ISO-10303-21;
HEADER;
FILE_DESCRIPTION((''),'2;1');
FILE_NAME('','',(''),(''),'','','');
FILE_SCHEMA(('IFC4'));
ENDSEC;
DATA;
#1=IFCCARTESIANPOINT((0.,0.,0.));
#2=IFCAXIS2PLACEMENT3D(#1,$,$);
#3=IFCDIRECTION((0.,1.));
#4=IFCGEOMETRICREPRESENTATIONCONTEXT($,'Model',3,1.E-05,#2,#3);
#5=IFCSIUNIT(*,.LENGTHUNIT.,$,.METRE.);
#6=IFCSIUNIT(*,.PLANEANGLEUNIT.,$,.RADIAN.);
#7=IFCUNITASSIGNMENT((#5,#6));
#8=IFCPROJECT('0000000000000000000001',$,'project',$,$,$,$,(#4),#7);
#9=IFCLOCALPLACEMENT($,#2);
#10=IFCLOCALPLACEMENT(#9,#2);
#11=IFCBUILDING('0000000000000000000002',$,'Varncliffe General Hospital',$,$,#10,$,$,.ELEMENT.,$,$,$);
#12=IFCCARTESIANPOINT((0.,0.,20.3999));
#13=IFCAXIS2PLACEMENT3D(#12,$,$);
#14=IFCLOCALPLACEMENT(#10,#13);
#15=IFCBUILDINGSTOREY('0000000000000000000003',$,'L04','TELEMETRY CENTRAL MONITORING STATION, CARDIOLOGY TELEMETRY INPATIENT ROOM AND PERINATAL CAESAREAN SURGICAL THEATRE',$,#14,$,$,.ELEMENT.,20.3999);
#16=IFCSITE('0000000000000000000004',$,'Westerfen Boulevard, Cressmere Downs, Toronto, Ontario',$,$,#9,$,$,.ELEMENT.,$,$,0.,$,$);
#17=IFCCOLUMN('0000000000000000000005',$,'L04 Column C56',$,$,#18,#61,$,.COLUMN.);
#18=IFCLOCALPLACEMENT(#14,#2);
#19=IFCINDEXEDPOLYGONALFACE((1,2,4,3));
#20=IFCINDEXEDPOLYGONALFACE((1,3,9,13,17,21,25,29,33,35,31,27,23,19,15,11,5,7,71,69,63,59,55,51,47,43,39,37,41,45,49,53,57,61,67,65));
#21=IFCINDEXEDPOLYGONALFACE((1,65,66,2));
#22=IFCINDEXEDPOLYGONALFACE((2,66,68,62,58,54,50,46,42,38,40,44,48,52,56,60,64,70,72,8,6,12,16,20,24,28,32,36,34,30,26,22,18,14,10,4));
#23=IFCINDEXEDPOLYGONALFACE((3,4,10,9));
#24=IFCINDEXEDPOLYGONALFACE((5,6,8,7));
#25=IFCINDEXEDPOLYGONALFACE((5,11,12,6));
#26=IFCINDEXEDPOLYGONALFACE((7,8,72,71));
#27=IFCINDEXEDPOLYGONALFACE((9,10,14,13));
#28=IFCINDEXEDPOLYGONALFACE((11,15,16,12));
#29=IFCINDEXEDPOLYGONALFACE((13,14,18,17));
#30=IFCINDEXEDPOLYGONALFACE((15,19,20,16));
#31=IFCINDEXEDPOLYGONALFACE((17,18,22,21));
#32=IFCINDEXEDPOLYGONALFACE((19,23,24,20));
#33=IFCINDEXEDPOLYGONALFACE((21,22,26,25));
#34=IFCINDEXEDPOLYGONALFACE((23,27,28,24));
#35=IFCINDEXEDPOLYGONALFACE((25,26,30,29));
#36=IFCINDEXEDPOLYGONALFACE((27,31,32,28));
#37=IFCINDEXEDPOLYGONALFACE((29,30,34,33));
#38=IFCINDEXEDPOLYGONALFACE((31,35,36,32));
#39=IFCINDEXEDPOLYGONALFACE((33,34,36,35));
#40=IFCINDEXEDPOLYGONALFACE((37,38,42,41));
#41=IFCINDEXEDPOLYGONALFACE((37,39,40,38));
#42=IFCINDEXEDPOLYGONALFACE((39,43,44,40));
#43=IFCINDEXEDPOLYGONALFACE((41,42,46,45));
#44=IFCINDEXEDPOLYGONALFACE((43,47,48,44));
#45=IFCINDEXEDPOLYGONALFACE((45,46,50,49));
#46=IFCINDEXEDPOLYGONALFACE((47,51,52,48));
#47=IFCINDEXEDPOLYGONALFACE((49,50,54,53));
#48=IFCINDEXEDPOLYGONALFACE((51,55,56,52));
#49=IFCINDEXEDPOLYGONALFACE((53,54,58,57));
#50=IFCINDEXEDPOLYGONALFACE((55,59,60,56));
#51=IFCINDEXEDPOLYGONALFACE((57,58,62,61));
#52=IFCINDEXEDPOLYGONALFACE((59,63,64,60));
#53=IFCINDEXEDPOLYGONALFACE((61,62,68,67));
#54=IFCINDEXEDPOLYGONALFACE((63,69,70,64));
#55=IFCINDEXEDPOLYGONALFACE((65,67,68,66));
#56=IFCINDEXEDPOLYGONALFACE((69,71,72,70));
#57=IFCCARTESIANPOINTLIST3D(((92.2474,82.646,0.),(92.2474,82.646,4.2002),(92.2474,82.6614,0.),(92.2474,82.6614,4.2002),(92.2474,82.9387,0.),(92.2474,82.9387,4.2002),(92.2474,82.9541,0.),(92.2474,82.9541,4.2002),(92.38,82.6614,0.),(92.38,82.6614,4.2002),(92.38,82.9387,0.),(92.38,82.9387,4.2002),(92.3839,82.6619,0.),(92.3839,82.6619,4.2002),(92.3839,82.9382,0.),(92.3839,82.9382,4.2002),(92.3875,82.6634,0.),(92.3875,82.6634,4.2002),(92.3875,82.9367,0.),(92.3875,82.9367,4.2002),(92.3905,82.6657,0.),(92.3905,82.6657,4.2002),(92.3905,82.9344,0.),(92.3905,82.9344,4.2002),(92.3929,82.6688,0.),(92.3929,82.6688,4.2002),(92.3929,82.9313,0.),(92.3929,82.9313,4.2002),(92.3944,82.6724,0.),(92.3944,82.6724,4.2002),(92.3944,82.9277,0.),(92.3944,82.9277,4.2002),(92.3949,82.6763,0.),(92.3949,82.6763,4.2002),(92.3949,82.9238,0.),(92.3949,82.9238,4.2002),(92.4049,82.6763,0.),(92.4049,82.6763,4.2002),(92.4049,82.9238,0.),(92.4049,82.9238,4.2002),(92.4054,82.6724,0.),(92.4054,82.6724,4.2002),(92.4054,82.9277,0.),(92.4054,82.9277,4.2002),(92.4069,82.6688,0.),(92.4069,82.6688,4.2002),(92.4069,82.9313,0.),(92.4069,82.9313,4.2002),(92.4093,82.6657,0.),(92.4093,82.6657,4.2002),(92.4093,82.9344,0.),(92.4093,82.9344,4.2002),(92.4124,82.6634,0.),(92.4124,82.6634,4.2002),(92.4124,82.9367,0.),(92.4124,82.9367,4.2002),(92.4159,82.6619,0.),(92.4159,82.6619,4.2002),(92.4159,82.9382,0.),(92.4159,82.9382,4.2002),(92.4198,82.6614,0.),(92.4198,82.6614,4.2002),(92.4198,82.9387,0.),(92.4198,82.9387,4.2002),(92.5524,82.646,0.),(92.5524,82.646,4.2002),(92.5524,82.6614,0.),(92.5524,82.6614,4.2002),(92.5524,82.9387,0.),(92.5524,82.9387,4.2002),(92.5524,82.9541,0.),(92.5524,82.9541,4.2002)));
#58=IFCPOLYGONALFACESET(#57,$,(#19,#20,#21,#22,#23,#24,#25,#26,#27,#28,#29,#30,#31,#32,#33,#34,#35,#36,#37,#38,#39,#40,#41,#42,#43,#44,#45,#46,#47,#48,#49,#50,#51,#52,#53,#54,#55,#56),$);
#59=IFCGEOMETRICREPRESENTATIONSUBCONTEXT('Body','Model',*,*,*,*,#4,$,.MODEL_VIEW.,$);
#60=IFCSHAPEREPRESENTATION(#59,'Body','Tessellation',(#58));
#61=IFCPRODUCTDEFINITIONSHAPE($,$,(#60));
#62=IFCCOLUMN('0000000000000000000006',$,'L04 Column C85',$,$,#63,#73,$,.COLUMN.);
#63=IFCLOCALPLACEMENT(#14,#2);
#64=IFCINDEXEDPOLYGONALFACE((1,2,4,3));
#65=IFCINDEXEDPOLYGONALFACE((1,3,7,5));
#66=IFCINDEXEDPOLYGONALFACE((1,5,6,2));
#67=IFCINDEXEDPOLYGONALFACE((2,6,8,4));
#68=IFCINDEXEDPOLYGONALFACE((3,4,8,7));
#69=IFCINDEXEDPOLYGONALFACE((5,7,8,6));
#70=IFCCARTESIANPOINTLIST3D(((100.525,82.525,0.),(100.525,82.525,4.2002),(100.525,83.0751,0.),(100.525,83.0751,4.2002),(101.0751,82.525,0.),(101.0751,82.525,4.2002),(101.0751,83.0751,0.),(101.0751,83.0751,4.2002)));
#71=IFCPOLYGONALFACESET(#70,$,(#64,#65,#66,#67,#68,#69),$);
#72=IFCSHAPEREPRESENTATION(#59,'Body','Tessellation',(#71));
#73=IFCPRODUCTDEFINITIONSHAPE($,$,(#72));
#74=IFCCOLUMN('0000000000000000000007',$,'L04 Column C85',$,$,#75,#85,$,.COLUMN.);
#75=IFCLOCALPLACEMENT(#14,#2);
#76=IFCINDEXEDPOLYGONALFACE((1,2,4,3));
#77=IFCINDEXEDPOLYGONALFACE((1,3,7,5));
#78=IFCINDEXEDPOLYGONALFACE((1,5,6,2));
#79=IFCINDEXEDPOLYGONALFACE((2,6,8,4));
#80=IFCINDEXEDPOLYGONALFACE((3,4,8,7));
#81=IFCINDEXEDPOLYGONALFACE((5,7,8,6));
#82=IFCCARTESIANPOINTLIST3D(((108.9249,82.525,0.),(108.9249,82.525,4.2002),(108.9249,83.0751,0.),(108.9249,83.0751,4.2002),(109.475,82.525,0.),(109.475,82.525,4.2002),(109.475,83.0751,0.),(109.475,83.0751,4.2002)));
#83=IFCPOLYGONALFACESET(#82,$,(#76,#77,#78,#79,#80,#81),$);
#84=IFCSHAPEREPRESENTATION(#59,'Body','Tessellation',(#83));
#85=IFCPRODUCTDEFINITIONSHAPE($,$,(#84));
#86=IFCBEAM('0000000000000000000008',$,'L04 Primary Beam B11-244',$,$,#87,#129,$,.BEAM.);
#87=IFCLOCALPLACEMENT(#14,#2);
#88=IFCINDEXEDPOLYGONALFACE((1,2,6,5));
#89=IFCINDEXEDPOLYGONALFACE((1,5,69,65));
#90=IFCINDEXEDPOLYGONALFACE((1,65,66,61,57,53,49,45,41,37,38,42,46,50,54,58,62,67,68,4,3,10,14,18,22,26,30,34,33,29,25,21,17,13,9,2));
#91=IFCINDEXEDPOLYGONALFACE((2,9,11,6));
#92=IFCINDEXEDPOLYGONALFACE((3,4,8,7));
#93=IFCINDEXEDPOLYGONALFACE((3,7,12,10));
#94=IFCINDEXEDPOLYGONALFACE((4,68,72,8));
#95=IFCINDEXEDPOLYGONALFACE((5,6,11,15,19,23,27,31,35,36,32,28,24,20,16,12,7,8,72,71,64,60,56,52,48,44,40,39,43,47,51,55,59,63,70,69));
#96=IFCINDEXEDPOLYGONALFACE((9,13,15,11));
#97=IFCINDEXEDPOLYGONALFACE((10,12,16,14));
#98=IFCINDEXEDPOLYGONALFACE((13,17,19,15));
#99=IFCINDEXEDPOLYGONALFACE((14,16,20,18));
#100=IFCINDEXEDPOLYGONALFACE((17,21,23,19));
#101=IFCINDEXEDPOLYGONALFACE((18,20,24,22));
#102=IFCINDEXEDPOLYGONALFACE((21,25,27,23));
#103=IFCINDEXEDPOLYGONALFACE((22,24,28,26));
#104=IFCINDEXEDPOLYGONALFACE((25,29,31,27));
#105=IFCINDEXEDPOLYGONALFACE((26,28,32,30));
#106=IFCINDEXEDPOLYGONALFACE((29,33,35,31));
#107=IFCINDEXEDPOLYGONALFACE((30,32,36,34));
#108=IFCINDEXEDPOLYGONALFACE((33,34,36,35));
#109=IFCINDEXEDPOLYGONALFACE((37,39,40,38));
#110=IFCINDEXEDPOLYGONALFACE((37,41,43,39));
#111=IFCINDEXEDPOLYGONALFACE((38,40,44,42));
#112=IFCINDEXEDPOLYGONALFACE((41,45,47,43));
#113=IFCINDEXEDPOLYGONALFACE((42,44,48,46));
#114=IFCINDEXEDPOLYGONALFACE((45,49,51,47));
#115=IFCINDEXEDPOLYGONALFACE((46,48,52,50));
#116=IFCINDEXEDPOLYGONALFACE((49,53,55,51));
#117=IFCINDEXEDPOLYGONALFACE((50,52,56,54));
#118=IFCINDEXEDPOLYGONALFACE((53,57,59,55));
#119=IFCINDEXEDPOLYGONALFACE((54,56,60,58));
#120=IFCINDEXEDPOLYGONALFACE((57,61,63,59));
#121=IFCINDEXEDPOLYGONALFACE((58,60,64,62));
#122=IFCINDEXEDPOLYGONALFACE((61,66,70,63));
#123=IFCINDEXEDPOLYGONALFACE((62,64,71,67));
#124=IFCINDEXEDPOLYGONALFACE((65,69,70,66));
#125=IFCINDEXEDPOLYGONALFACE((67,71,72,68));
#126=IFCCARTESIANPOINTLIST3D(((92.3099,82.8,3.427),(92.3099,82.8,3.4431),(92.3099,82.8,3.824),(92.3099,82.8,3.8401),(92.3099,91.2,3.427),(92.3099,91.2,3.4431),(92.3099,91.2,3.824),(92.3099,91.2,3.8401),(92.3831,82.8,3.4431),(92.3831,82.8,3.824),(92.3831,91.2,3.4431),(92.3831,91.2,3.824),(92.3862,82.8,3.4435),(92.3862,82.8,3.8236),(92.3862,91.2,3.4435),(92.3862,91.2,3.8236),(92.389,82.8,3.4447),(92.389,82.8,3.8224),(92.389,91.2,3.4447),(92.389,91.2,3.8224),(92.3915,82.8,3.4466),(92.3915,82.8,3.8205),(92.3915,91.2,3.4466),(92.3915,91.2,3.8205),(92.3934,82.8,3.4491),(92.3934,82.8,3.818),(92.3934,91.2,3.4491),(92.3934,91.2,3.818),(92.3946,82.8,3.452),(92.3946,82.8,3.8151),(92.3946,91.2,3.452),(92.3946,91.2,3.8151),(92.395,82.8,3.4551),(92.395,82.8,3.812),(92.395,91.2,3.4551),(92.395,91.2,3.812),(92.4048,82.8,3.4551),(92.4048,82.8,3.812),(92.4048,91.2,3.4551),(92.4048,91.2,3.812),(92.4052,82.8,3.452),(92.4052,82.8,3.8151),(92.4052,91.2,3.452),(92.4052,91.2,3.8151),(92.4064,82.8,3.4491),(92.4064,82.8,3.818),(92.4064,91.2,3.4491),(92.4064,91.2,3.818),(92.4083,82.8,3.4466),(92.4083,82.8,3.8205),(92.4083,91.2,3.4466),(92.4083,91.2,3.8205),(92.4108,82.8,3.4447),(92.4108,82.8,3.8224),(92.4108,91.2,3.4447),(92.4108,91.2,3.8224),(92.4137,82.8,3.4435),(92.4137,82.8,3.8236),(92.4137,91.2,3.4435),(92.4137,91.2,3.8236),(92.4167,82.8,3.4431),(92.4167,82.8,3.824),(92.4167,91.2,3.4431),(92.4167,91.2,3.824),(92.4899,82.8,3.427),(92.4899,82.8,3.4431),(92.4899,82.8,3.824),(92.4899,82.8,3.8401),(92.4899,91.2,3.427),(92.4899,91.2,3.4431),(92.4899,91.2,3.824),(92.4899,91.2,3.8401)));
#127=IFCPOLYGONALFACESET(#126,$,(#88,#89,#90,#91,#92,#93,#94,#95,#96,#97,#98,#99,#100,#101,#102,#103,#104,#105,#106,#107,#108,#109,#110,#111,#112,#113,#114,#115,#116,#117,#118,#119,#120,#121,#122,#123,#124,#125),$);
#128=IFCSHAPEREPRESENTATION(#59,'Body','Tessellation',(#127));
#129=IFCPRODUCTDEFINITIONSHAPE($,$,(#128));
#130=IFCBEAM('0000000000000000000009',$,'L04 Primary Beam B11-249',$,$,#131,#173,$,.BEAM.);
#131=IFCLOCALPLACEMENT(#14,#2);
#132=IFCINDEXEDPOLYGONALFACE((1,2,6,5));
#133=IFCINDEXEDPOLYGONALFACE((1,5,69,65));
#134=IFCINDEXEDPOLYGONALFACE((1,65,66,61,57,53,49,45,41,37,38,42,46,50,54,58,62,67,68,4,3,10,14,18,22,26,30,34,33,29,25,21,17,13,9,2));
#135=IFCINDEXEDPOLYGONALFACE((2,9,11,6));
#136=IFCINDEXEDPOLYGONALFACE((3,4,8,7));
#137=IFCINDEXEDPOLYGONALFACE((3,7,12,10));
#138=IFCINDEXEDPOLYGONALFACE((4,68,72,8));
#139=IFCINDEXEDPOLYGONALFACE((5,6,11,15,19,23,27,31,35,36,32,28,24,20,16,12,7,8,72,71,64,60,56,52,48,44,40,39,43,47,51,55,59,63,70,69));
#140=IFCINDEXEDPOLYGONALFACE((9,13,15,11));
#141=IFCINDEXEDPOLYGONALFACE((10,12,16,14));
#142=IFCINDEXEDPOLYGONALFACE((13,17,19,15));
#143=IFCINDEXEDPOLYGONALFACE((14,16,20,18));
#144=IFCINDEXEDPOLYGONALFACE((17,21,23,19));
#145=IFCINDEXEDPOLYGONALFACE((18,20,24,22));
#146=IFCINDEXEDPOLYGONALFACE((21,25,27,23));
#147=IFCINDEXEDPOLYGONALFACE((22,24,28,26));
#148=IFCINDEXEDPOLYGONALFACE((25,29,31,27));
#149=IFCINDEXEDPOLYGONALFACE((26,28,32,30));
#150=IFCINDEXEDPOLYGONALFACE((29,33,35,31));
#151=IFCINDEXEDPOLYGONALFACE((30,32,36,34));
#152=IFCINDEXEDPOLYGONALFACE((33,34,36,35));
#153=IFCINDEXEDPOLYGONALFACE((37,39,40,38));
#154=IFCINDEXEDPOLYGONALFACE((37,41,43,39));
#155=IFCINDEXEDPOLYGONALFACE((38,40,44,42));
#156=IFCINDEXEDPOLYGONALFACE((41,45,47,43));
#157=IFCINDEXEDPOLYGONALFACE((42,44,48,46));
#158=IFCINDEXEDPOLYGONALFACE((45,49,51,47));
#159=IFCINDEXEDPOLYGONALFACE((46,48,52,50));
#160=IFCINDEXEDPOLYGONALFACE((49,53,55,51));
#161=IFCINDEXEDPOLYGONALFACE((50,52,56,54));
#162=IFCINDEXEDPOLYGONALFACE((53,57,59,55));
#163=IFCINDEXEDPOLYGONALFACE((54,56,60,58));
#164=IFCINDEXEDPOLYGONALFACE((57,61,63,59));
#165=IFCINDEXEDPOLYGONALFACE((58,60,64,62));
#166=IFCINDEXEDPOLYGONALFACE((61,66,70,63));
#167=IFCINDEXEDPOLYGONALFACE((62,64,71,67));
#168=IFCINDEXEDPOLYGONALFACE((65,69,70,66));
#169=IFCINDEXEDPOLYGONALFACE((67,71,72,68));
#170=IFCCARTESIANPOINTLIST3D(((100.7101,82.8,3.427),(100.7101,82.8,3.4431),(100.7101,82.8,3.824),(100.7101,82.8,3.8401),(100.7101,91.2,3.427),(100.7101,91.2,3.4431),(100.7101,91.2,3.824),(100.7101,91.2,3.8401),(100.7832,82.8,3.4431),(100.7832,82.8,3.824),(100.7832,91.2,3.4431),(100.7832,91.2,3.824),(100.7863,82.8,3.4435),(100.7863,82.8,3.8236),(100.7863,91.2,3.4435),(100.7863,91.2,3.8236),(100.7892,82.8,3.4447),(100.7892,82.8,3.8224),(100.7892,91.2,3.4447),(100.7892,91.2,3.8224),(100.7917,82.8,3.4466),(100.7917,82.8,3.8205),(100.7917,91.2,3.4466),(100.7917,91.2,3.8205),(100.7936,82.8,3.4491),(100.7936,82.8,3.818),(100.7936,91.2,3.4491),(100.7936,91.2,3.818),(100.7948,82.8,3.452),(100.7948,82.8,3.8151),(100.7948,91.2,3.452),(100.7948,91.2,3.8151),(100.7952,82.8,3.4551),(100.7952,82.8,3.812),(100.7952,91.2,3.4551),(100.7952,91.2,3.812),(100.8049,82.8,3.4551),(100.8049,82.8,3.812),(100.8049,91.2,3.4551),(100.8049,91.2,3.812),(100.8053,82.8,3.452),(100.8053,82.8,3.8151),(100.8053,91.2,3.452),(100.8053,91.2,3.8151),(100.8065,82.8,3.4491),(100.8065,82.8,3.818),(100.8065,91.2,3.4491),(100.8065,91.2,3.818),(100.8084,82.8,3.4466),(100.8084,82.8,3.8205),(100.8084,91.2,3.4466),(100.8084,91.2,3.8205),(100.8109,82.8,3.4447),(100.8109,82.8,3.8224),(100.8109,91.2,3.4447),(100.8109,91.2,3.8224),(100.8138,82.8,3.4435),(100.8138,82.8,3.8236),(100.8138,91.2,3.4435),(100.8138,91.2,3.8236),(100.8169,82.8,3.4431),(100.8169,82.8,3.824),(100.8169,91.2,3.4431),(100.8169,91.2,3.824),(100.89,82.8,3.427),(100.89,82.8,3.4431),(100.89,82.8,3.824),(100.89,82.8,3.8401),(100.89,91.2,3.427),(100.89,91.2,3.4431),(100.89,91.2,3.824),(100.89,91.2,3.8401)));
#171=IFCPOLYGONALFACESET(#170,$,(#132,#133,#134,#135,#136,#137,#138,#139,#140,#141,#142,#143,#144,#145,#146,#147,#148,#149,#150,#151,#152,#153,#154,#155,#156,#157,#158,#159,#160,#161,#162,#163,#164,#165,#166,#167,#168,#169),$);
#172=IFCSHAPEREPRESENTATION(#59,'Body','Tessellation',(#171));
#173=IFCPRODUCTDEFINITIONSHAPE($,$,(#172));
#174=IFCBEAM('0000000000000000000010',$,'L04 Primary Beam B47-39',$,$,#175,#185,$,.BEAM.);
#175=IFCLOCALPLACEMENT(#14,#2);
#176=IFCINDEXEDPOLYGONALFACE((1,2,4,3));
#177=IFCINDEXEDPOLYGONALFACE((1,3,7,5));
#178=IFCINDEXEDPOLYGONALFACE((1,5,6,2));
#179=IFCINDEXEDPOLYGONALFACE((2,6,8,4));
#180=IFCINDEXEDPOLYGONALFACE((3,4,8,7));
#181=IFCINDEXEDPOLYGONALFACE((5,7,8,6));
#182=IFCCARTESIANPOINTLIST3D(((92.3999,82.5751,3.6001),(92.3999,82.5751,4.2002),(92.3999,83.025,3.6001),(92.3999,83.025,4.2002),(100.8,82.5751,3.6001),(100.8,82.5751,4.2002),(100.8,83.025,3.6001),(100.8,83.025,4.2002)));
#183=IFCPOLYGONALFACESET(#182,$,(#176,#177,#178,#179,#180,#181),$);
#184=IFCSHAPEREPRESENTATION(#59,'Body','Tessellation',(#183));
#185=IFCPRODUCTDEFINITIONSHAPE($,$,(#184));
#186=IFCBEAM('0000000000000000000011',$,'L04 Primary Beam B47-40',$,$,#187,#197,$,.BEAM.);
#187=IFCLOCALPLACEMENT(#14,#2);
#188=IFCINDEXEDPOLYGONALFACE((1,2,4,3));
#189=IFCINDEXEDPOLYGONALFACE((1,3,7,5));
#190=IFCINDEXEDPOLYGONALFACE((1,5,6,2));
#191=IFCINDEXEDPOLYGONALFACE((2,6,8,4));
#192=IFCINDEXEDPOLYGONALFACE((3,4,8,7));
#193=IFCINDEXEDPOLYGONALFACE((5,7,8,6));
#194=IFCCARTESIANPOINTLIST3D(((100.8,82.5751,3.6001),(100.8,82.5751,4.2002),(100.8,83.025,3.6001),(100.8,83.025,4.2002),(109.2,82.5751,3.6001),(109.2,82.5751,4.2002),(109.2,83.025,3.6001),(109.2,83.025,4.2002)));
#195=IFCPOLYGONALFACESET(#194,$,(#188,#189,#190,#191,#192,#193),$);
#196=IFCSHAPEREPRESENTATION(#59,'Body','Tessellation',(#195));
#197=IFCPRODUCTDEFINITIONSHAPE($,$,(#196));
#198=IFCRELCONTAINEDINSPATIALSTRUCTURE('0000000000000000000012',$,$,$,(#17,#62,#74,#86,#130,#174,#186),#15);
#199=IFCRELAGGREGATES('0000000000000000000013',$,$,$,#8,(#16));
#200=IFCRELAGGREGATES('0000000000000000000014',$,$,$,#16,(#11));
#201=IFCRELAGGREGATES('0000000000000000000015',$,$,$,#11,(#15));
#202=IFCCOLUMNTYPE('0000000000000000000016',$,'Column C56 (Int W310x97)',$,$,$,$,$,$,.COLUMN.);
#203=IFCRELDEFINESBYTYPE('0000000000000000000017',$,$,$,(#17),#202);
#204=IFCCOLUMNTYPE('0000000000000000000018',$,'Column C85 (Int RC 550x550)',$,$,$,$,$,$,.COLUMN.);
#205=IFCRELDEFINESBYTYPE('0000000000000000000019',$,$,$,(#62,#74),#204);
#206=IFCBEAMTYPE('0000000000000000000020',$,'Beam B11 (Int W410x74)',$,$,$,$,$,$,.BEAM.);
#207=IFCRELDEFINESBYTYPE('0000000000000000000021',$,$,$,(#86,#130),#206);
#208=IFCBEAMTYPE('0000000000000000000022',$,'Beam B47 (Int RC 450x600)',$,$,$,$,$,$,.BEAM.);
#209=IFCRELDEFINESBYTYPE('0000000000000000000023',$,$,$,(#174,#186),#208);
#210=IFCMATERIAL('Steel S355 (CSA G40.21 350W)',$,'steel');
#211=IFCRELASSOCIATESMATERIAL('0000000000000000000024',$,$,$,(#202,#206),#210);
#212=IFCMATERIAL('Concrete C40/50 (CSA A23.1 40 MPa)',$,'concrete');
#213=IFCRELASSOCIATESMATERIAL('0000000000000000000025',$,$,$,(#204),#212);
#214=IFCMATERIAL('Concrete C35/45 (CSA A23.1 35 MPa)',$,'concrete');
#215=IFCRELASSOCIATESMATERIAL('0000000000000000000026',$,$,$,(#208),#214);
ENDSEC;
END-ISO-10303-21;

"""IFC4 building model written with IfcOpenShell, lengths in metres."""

from ifc_helpers import new_model, si_unit, direction, frame, origin, origin_2d, place, context, subcontext, project, spatial, rectangle, i_section, extrude, material, material_profile, profile_set, type_object, element, save


model = new_model("IFC4")

# Units and contexts
model_context = context("Model", 3, precision=1e-05, world=origin(), true_north=direction((0.0, 1.0)))
body_context = subcontext(model_context, "Body", "Model", "MODEL_VIEW")
ifc_project = project(units=[si_unit("LENGTHUNIT", "METRE"), si_unit("PLANEANGLEUNIT", "RADIAN")], contexts=[model_context])

# Site, building, storey
site_placement = place(None, origin())
site = spatial("IfcSite", under=ifc_project, at=site_placement, Name="Westerfen Boulevard, Cressmere Downs, Toronto, Ontario", CompositionType="ELEMENT", RefElevation=0.0)
building_placement = place(site_placement, origin())
building = spatial("IfcBuilding", under=site, at=building_placement, Name="Varncliffe General Hospital", CompositionType="ELEMENT")
storey_placement = place(building_placement, frame((0.0, 0.0, 20.3999)))
storey = spatial("IfcBuildingStorey", under=building, at=storey_placement, Name="L04", Description="TELEMETRY CENTRAL MONITORING STATION, CARDIOLOGY TELEMETRY INPATIENT ROOM AND PERINATAL CAESAREAN SURGICAL THEATRE", CompositionType="ELEMENT", Elevation=20.3999)

# Columns
ifc_material_1 = material(Name="Steel S355 (CSA G40.21 350W)", Category="steel")
ifc_material_profile_1 = material_profile(ifc_material_1, i_section(OverallWidth=0.3049, OverallDepth=0.3081, WebThickness=0.01, FlangeThickness=0.0154, FilletRadius=0.0149, at=origin_2d()), Name="W310x97")
ifc_profile_set_1 = profile_set([ifc_material_profile_1], Name="Steel S355 (CSA G40.21 350W)")
column_type_1 = type_object("IfcColumnType", Name="Column C56 (Int W310x97)", PredefinedType="COLUMN", material=ifc_profile_set_1)
column_placement = place(storey_placement, frame((92.3999, 82.8, 0.0), z_axis=(0.0, 0.0, 1.0), x_axis=(1.0, 0.0, 0.0)))
element("IfcColumn", 1, at=column_placement, inside=storey, type_object=column_type_1, Name="L04 Column C56", PredefinedType="COLUMN", context=body_context, shape_type="SweptSolid", body=[
    extrude(i_section(OverallWidth=0.3049, OverallDepth=0.3081, WebThickness=0.01, FlangeThickness=0.0154, FilletRadius=0.0149, at=origin_2d()), origin(), (0.0, 0.0, 1.0), 4.2002),
])
ifc_material_2 = material(Name="Concrete C40/50 (CSA A23.1 40 MPa)", Category="concrete")
ifc_material_profile_2 = material_profile(ifc_material_2, rectangle(XDim=0.55, YDim=0.55, at=origin_2d()), Name="RC 550x550")
ifc_profile_set_2 = profile_set([ifc_material_profile_2], Name="Concrete C40/50 (CSA A23.1 40 MPa)")
column_type_2 = type_object("IfcColumnType", Name="Column C85 (Int RC 550x550)", PredefinedType="COLUMN", material=ifc_profile_set_2)
for number, where, z_axis, x_axis, name in (
    (2, (100.8, 82.8, 0.0), (0.0, 0.0, 1.0), (1.0, 0.0, 0.0), "L04 Column C85"),
    (3, (109.2, 82.8, 0.0), (0.0, 0.0, 1.0), (1.0, 0.0, 0.0), "L04 Column C85"),
):
    element("IfcColumn", number, at=place(storey_placement, frame(where, z_axis=z_axis, x_axis=x_axis)), inside=storey, type_object=column_type_2, Name=name, PredefinedType="COLUMN", context=body_context, shape_type="SweptSolid", body=[
        extrude(rectangle(XDim=0.55, YDim=0.55, at=origin_2d()), origin(), (0.0, 0.0, 1.0), 4.2002),
    ])

# Beams
ifc_material_profile_3 = material_profile(ifc_material_1, i_section(OverallWidth=0.1799, OverallDepth=0.4131, WebThickness=0.0098, FlangeThickness=0.0161, FilletRadius=0.012, at=origin_2d()), Name="W410x74")
ifc_profile_set_3 = profile_set([ifc_material_profile_3], Name="Steel S355 (CSA G40.21 350W)")
beam_type_1 = type_object("IfcBeamType", Name="Beam B11 (Int W410x74)", PredefinedType="BEAM", material=ifc_profile_set_3)
for number, where, z_axis, x_axis, name in (
    (4, (92.3999, 82.8, 3.6335), (0.0, 1.0, 0.0), (-1.0, 0.0, 0.0), "L04 Primary Beam B11-244"),
    (5, (100.8, 82.8, 3.6335), (0.0, 1.0, 0.0), (-1.0, 0.0, 0.0), "L04 Primary Beam B11-249"),
):
    element("IfcBeam", number, at=place(storey_placement, frame(where, z_axis=z_axis, x_axis=x_axis)), inside=storey, type_object=beam_type_1, Name=name, PredefinedType="BEAM", context=body_context, shape_type="SweptSolid", body=[
        extrude(i_section(OverallWidth=0.1799, OverallDepth=0.4131, WebThickness=0.0098, FlangeThickness=0.0161, FilletRadius=0.012, at=origin_2d()), origin(), (0.0, 0.0, 1.0), 8.3999),
    ])
ifc_material_3 = material(Name="Concrete C35/45 (CSA A23.1 35 MPa)", Category="concrete")
ifc_material_profile_4 = material_profile(ifc_material_3, rectangle(XDim=0.45, YDim=0.6001, at=origin_2d()), Name="RC 450x600")
ifc_profile_set_4 = profile_set([ifc_material_profile_4], Name="Concrete C35/45 (CSA A23.1 35 MPa)")
beam_type_2 = type_object("IfcBeamType", Name="Beam B47 (Int RC 450x600)", PredefinedType="BEAM", material=ifc_profile_set_4)
beam_1_placement = place(storey_placement, frame((92.3999, 82.8, 3.9001), z_axis=(1.0, 0.0, 0.0), x_axis=(0.0, 1.0, 0.0)))
element("IfcBeam", 6, at=beam_1_placement, inside=storey, type_object=beam_type_2, Name="L04 Primary Beam B47-39", PredefinedType="BEAM", context=body_context, shape_type="SweptSolid", body=[
    extrude(rectangle(XDim=0.45, YDim=0.6001, at=origin_2d()), origin(), (0.0, 0.0, 1.0), 8.4001),
])
beam_2_placement = place(storey_placement, frame((100.8, 82.8, 3.9001), z_axis=(1.0, 0.0, 0.0), x_axis=(0.0, 1.0, 0.0)))
element("IfcBeam", 7, at=beam_2_placement, inside=storey, type_object=beam_type_2, Name="L04 Primary Beam B47-40", PredefinedType="BEAM", context=body_context, shape_type="SweptSolid", body=[
    extrude(rectangle(XDim=0.45, YDim=0.6001, at=origin_2d()), origin(), (0.0, 0.0, 1.0), 8.3999),
])

save(model, "model.ifc")
